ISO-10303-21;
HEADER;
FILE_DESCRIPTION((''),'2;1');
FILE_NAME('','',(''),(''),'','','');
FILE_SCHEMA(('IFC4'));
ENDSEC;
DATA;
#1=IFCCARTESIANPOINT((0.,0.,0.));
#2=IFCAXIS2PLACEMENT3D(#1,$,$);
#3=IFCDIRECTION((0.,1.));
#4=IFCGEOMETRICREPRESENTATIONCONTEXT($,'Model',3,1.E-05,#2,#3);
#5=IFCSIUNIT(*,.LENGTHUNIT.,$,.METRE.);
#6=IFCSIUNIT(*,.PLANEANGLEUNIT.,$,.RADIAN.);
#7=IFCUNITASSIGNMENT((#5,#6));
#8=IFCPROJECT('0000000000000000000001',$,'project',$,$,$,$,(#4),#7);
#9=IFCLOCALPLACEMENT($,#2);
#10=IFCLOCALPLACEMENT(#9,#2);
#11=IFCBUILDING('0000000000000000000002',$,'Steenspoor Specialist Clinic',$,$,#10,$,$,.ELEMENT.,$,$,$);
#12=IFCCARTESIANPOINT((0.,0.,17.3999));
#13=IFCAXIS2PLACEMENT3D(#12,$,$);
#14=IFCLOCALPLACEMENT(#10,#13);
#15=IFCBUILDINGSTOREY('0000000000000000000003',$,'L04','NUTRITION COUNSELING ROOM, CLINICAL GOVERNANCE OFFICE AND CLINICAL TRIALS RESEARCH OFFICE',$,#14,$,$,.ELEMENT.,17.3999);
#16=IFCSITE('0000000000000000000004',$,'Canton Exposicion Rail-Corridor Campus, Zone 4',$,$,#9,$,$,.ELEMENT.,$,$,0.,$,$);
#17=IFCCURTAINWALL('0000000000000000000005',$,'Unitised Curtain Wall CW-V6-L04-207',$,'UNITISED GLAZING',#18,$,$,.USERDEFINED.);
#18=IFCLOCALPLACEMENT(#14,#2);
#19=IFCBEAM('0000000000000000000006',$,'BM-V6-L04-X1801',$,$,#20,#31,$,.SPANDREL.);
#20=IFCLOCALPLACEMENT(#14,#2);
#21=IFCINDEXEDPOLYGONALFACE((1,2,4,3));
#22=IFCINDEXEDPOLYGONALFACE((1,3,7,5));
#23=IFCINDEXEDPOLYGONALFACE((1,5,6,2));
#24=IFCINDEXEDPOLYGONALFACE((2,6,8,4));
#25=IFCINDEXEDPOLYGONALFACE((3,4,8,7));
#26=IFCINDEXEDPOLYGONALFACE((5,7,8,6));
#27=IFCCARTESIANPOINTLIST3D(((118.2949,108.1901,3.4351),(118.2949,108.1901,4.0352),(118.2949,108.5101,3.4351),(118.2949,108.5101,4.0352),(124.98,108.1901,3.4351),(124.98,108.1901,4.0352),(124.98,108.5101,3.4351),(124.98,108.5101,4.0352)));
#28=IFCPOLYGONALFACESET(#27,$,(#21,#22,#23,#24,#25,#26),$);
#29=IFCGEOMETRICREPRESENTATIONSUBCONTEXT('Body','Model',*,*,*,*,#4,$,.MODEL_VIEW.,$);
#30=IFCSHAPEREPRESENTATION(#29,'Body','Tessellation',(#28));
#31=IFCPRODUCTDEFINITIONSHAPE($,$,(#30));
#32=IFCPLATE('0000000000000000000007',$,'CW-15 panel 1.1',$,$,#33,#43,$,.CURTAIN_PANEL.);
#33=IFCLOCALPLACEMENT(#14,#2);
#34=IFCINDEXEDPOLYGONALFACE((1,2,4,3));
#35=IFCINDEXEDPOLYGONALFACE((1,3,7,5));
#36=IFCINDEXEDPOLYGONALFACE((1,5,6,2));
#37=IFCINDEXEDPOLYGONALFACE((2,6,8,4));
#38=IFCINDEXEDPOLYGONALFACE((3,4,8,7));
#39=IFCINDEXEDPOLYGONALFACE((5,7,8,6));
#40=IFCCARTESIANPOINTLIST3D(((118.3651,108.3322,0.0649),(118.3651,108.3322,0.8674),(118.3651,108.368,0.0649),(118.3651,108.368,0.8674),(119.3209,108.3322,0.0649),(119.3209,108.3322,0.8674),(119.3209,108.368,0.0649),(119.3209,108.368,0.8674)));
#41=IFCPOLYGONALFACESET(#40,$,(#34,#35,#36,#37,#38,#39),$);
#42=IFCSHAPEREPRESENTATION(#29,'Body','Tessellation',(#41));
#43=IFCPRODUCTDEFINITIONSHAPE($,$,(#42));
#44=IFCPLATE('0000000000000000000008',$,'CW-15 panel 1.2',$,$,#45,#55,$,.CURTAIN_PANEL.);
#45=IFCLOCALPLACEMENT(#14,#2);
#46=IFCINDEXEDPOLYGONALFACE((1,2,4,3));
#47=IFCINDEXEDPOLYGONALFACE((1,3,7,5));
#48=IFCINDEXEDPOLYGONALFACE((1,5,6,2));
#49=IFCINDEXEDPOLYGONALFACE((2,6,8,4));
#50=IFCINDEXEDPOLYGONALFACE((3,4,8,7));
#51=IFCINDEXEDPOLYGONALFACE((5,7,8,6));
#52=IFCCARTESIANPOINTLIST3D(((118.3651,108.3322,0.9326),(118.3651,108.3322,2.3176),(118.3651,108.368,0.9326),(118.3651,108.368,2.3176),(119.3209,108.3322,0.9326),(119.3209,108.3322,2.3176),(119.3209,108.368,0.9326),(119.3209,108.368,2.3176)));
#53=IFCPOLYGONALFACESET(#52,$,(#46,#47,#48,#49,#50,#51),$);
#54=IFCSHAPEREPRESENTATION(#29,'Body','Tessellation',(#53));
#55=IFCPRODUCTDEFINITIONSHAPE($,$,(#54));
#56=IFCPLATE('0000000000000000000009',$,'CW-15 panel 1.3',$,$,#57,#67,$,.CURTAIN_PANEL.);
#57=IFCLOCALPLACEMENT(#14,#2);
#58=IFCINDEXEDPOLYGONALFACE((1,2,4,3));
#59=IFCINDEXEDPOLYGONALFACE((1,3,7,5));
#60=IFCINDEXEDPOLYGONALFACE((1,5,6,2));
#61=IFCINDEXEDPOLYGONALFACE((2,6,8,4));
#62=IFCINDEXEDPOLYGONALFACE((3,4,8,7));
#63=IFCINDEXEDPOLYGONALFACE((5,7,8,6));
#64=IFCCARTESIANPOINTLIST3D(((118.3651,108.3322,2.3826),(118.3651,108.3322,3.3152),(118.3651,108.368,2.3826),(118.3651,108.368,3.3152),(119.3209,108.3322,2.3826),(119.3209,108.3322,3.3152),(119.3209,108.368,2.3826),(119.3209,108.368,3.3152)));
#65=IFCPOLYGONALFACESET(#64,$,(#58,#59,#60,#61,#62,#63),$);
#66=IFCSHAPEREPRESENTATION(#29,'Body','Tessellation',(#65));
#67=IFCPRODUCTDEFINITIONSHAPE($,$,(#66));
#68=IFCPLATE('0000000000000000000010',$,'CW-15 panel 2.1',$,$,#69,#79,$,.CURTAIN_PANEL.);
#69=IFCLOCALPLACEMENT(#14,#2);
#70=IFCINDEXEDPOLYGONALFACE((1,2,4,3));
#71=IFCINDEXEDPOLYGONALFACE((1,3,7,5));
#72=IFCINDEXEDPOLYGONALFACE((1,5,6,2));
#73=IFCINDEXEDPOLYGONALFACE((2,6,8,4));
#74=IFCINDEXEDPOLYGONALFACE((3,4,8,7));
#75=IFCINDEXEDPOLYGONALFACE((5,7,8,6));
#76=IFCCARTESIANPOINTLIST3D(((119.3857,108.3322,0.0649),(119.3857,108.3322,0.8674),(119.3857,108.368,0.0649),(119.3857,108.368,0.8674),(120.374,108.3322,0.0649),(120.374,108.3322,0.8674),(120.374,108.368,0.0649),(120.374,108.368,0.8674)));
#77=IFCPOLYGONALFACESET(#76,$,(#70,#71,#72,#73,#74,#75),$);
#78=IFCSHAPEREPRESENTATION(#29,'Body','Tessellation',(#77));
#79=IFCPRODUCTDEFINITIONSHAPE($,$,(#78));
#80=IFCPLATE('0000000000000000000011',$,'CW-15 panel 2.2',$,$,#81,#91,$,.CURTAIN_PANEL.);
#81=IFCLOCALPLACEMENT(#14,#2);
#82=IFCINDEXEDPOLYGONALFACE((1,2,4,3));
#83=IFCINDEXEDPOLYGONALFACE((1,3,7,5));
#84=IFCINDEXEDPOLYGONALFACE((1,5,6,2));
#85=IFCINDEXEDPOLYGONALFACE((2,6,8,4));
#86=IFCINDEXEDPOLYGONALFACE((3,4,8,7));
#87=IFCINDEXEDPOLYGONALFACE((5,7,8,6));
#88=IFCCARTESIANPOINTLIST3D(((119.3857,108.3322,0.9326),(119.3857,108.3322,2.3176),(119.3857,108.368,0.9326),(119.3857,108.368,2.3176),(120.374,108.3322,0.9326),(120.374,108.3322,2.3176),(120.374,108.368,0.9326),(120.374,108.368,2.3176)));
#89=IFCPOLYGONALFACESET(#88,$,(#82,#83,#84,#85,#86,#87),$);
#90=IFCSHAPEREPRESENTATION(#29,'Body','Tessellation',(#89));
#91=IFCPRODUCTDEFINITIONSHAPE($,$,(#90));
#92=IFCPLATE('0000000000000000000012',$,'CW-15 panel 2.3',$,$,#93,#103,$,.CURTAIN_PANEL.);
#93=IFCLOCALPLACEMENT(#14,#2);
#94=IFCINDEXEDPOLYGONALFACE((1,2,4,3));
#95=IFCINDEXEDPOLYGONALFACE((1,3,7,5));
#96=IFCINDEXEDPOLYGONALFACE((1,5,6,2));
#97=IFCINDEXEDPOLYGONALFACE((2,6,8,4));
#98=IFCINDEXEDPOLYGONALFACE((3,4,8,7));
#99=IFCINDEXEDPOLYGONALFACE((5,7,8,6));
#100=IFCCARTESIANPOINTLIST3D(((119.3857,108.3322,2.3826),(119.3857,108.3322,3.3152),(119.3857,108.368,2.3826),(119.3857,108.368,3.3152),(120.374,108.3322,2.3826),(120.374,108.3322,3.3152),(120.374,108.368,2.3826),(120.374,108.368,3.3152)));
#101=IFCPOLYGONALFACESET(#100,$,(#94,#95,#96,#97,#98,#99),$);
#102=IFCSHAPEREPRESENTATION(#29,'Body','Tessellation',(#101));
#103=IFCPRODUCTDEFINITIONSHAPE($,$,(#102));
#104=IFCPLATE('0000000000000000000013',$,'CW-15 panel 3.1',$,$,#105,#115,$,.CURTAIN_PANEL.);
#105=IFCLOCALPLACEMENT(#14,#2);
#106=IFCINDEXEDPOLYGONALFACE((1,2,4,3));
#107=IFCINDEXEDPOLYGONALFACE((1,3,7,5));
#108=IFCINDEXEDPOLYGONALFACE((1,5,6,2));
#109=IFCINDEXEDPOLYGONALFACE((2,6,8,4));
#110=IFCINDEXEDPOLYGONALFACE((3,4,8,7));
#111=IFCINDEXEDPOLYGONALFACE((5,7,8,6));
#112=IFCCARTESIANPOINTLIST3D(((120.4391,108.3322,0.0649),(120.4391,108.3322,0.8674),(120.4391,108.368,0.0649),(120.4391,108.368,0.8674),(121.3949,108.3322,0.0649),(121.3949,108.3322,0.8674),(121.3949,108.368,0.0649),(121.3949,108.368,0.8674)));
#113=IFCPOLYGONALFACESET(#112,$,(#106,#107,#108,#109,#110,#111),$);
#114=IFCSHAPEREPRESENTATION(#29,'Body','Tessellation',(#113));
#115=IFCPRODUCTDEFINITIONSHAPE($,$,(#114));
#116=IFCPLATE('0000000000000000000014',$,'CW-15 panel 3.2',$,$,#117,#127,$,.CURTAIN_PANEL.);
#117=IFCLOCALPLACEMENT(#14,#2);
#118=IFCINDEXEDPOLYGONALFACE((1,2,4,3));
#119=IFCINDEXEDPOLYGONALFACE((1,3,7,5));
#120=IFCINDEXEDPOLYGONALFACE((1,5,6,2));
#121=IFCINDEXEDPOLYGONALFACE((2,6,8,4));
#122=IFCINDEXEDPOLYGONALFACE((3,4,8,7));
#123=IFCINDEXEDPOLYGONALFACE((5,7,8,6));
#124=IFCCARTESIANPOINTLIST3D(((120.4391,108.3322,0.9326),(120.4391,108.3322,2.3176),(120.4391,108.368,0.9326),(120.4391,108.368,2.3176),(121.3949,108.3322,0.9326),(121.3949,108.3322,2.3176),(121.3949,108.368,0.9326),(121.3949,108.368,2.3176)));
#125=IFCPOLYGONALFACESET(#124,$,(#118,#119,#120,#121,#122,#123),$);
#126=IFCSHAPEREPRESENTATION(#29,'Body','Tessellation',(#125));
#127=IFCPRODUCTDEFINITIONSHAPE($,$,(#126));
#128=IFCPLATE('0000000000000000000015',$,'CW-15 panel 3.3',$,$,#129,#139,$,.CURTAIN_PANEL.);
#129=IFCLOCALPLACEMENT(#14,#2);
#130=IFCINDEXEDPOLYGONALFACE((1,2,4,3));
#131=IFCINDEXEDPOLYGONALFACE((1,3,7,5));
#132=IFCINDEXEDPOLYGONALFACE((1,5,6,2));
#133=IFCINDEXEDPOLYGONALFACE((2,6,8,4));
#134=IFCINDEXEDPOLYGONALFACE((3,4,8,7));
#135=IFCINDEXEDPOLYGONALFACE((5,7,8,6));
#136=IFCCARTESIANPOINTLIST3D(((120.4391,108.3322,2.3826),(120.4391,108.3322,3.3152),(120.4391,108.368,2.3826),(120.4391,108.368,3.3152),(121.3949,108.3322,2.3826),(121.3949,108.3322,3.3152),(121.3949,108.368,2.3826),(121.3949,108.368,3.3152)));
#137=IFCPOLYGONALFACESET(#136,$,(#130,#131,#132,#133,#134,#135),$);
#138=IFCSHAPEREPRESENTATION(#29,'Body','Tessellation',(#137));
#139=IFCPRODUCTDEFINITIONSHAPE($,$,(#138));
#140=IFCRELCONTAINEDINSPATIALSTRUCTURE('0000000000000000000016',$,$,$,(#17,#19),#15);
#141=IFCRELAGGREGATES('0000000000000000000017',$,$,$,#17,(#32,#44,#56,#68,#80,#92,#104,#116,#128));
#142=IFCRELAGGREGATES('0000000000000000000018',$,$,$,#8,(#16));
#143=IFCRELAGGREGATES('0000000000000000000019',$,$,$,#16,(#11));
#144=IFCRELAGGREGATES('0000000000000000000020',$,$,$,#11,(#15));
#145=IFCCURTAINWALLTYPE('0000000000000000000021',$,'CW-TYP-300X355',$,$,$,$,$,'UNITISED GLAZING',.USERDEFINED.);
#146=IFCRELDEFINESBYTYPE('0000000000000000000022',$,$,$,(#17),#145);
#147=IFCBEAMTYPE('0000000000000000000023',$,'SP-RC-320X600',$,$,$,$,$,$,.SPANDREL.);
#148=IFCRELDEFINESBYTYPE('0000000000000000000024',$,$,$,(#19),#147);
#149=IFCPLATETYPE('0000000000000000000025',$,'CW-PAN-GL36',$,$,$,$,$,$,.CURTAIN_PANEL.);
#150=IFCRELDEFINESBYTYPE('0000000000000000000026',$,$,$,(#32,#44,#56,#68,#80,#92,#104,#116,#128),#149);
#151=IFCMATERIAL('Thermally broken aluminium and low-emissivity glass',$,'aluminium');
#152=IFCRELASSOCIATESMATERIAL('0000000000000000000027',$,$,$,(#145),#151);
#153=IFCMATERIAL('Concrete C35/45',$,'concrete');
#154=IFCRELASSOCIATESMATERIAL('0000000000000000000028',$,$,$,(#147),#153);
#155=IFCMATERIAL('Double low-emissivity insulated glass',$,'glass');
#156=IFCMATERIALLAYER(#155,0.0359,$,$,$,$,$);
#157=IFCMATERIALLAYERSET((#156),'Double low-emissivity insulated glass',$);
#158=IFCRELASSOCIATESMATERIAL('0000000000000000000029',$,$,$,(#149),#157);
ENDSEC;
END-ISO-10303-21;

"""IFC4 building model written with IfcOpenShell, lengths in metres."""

from ifc_helpers import new_model, si_unit, direction, frame, origin, origin_2d, place, context, subcontext, project, spatial, rectangle, extrude, material, layer, layer_set, material_profile, profile_set, type_object, element, aggregate, save


model = new_model("IFC4")

# Units and contexts
model_context = context("Model", 3, precision=1e-05, world=origin(), true_north=direction((0.0, 1.0)))
body_context = subcontext(model_context, "Body", "Model", "MODEL_VIEW")
ifc_project = project(units=[si_unit("LENGTHUNIT", "METRE"), si_unit("PLANEANGLEUNIT", "RADIAN")], contexts=[model_context])

# Site, building, storey
site_placement = place(None, origin())
site = spatial("IfcSite", under=ifc_project, at=site_placement, Name="Canton Exposicion Rail-Corridor Campus, Zone 4", CompositionType="ELEMENT", RefElevation=0.0)
building_placement = place(site_placement, origin())
building = spatial("IfcBuilding", under=site, at=building_placement, Name="Steenspoor Specialist Clinic", CompositionType="ELEMENT")
storey_placement = place(building_placement, frame((0.0, 0.0, 17.3999)))
storey = spatial("IfcBuildingStorey", under=building, at=storey_placement, Name="L04", Description="NUTRITION COUNSELING ROOM, CLINICAL GOVERNANCE OFFICE AND CLINICAL TRIALS RESEARCH OFFICE", CompositionType="ELEMENT", Elevation=17.3999)

# Curtain wall
ifc_material_1 = material(Name="Thermally broken aluminium and low-emissivity glass", Category="aluminium")
curtain_wall_type = type_object("IfcCurtainWallType", Name="CW-TYP-300X355", ElementType="UNITISED GLAZING", PredefinedType="USERDEFINED", material=ifc_material_1)
curtain_wall_placement = place(storey_placement, origin())
curtain_wall = element("IfcCurtainWall", 1, at=curtain_wall_placement, inside=storey, type_object=curtain_wall_type, Name="Unitised Curtain Wall CW-V6-L04-207", ObjectType="UNITISED GLAZING", PredefinedType="USERDEFINED")

# Beam
ifc_material_2 = material(Name="Concrete C35/45", Category="concrete")
ifc_material_profile_1 = material_profile(ifc_material_2, rectangle(XDim=0.3201, YDim=0.6001, at=origin_2d()), Name="RC-SP-320X600")
ifc_profile_set_1 = profile_set([ifc_material_profile_1], Name="Concrete C35/45")
beam_type = type_object("IfcBeamType", Name="SP-RC-320X600", PredefinedType="SPANDREL", material=ifc_profile_set_1)
beam_placement = place(storey_placement, frame((118.2949, 108.3501, 3.7351), z_axis=(1.0, 0.0, 0.0), x_axis=(0.0, 1.0, 0.0)))
element("IfcBeam", 2, at=beam_placement, inside=storey, type_object=beam_type, Name="BM-V6-L04-X1801", PredefinedType="SPANDREL", context=body_context, shape_type="SweptSolid", body=[
    extrude(rectangle(XDim=0.3201, YDim=0.6001, at=origin_2d()), origin(), (0.0, 0.0, 1.0), 6.6851),
])

# Plates
ifc_material_3 = material(Name="Double low-emissivity insulated glass", Category="glass")
ifc_layer = layer(ifc_material_3, 0.0359)
ifc_layer_set = layer_set([ifc_layer], Name="Double low-emissivity insulated glass")
plate_type = type_object("IfcPlateType", Name="CW-PAN-GL36", PredefinedType="CURTAIN_PANEL", material=ifc_layer_set)
plate_1_placement = place(storey_placement, frame((118.843, 108.3501, 0.0649), z_axis=(0.0, 0.0, 1.0), x_axis=(1.0, 0.0, 0.0)))
plate_1 = element("IfcPlate", 3, at=plate_1_placement, type_object=plate_type, Name="CW-15 panel 1.1", PredefinedType="CURTAIN_PANEL", context=body_context, shape_type="SweptSolid", body=[
    extrude(rectangle(XDim=0.9558, YDim=0.0359, at=origin_2d()), origin(), (0.0, 0.0, 1.0), 0.8025),
])
plate_2_placement = place(storey_placement, frame((118.843, 108.3501, 0.9326), z_axis=(0.0, 0.0, 1.0), x_axis=(1.0, 0.0, 0.0)))
plate_2 = element("IfcPlate", 4, at=plate_2_placement, type_object=plate_type, Name="CW-15 panel 1.2", PredefinedType="CURTAIN_PANEL", context=body_context, shape_type="SweptSolid", body=[
    extrude(rectangle(XDim=0.9558, YDim=0.0359, at=origin_2d()), origin(), (0.0, 0.0, 1.0), 1.385),
])
plate_3_placement = place(storey_placement, frame((118.843, 108.3501, 2.3826), z_axis=(0.0, 0.0, 1.0), x_axis=(1.0, 0.0, 0.0)))
plate_3 = element("IfcPlate", 5, at=plate_3_placement, type_object=plate_type, Name="CW-15 panel 1.3", PredefinedType="CURTAIN_PANEL", context=body_context, shape_type="SweptSolid", body=[
    extrude(rectangle(XDim=0.9558, YDim=0.0359, at=origin_2d()), origin(), (0.0, 0.0, 1.0), 0.9326),
])
plate_4_placement = place(storey_placement, frame((119.8799, 108.3501, 0.0649), z_axis=(0.0, 0.0, 1.0), x_axis=(1.0, 0.0, 0.0)))
plate_4 = element("IfcPlate", 6, at=plate_4_placement, type_object=plate_type, Name="CW-15 panel 2.1", PredefinedType="CURTAIN_PANEL", context=body_context, shape_type="SweptSolid", body=[
    extrude(rectangle(XDim=0.9883, YDim=0.0359, at=origin_2d()), origin(), (0.0, 0.0, 1.0), 0.8025),
])
plate_5_placement = place(storey_placement, frame((119.8799, 108.3501, 0.9326), z_axis=(0.0, 0.0, 1.0), x_axis=(1.0, 0.0, 0.0)))
plate_5 = element("IfcPlate", 7, at=plate_5_placement, type_object=plate_type, Name="CW-15 panel 2.2", PredefinedType="CURTAIN_PANEL", context=body_context, shape_type="SweptSolid", body=[
    extrude(rectangle(XDim=0.9883, YDim=0.0359, at=origin_2d()), origin(), (0.0, 0.0, 1.0), 1.385),
])
plate_6_placement = place(storey_placement, frame((119.8799, 108.3501, 2.3826), z_axis=(0.0, 0.0, 1.0), x_axis=(1.0, 0.0, 0.0)))
plate_6 = element("IfcPlate", 8, at=plate_6_placement, type_object=plate_type, Name="CW-15 panel 2.3", PredefinedType="CURTAIN_PANEL", context=body_context, shape_type="SweptSolid", body=[
    extrude(rectangle(XDim=0.9883, YDim=0.0359, at=origin_2d()), origin(), (0.0, 0.0, 1.0), 0.9326),
])
plate_7_placement = place(storey_placement, frame((120.917, 108.3501, 0.0649), z_axis=(0.0, 0.0, 1.0), x_axis=(1.0, 0.0, 0.0)))
plate_7 = element("IfcPlate", 9, at=plate_7_placement, type_object=plate_type, Name="CW-15 panel 3.1", PredefinedType="CURTAIN_PANEL", context=body_context, shape_type="SweptSolid", body=[
    extrude(rectangle(XDim=0.9558, YDim=0.0359, at=origin_2d()), origin(), (0.0, 0.0, 1.0), 0.8025),
])
plate_8_placement = place(storey_placement, frame((120.917, 108.3501, 0.9326), z_axis=(0.0, 0.0, 1.0), x_axis=(1.0, 0.0, 0.0)))
plate_8 = element("IfcPlate", 10, at=plate_8_placement, type_object=plate_type, Name="CW-15 panel 3.2", PredefinedType="CURTAIN_PANEL", context=body_context, shape_type="SweptSolid", body=[
    extrude(rectangle(XDim=0.9558, YDim=0.0359, at=origin_2d()), origin(), (0.0, 0.0, 1.0), 1.385),
])
plate_9_placement = place(storey_placement, frame((120.917, 108.3501, 2.3826), z_axis=(0.0, 0.0, 1.0), x_axis=(1.0, 0.0, 0.0)))
plate_9 = element("IfcPlate", 11, at=plate_9_placement, type_object=plate_type, Name="CW-15 panel 3.3", PredefinedType="CURTAIN_PANEL", context=body_context, shape_type="SweptSolid", body=[
    extrude(rectangle(XDim=0.9558, YDim=0.0359, at=origin_2d()), origin(), (0.0, 0.0, 1.0), 0.9326),
])
aggregate(curtain_wall, [plate_1, plate_2, plate_3, plate_4, plate_5, plate_6, plate_7, plate_8, plate_9])

save(model, "model.ifc")
